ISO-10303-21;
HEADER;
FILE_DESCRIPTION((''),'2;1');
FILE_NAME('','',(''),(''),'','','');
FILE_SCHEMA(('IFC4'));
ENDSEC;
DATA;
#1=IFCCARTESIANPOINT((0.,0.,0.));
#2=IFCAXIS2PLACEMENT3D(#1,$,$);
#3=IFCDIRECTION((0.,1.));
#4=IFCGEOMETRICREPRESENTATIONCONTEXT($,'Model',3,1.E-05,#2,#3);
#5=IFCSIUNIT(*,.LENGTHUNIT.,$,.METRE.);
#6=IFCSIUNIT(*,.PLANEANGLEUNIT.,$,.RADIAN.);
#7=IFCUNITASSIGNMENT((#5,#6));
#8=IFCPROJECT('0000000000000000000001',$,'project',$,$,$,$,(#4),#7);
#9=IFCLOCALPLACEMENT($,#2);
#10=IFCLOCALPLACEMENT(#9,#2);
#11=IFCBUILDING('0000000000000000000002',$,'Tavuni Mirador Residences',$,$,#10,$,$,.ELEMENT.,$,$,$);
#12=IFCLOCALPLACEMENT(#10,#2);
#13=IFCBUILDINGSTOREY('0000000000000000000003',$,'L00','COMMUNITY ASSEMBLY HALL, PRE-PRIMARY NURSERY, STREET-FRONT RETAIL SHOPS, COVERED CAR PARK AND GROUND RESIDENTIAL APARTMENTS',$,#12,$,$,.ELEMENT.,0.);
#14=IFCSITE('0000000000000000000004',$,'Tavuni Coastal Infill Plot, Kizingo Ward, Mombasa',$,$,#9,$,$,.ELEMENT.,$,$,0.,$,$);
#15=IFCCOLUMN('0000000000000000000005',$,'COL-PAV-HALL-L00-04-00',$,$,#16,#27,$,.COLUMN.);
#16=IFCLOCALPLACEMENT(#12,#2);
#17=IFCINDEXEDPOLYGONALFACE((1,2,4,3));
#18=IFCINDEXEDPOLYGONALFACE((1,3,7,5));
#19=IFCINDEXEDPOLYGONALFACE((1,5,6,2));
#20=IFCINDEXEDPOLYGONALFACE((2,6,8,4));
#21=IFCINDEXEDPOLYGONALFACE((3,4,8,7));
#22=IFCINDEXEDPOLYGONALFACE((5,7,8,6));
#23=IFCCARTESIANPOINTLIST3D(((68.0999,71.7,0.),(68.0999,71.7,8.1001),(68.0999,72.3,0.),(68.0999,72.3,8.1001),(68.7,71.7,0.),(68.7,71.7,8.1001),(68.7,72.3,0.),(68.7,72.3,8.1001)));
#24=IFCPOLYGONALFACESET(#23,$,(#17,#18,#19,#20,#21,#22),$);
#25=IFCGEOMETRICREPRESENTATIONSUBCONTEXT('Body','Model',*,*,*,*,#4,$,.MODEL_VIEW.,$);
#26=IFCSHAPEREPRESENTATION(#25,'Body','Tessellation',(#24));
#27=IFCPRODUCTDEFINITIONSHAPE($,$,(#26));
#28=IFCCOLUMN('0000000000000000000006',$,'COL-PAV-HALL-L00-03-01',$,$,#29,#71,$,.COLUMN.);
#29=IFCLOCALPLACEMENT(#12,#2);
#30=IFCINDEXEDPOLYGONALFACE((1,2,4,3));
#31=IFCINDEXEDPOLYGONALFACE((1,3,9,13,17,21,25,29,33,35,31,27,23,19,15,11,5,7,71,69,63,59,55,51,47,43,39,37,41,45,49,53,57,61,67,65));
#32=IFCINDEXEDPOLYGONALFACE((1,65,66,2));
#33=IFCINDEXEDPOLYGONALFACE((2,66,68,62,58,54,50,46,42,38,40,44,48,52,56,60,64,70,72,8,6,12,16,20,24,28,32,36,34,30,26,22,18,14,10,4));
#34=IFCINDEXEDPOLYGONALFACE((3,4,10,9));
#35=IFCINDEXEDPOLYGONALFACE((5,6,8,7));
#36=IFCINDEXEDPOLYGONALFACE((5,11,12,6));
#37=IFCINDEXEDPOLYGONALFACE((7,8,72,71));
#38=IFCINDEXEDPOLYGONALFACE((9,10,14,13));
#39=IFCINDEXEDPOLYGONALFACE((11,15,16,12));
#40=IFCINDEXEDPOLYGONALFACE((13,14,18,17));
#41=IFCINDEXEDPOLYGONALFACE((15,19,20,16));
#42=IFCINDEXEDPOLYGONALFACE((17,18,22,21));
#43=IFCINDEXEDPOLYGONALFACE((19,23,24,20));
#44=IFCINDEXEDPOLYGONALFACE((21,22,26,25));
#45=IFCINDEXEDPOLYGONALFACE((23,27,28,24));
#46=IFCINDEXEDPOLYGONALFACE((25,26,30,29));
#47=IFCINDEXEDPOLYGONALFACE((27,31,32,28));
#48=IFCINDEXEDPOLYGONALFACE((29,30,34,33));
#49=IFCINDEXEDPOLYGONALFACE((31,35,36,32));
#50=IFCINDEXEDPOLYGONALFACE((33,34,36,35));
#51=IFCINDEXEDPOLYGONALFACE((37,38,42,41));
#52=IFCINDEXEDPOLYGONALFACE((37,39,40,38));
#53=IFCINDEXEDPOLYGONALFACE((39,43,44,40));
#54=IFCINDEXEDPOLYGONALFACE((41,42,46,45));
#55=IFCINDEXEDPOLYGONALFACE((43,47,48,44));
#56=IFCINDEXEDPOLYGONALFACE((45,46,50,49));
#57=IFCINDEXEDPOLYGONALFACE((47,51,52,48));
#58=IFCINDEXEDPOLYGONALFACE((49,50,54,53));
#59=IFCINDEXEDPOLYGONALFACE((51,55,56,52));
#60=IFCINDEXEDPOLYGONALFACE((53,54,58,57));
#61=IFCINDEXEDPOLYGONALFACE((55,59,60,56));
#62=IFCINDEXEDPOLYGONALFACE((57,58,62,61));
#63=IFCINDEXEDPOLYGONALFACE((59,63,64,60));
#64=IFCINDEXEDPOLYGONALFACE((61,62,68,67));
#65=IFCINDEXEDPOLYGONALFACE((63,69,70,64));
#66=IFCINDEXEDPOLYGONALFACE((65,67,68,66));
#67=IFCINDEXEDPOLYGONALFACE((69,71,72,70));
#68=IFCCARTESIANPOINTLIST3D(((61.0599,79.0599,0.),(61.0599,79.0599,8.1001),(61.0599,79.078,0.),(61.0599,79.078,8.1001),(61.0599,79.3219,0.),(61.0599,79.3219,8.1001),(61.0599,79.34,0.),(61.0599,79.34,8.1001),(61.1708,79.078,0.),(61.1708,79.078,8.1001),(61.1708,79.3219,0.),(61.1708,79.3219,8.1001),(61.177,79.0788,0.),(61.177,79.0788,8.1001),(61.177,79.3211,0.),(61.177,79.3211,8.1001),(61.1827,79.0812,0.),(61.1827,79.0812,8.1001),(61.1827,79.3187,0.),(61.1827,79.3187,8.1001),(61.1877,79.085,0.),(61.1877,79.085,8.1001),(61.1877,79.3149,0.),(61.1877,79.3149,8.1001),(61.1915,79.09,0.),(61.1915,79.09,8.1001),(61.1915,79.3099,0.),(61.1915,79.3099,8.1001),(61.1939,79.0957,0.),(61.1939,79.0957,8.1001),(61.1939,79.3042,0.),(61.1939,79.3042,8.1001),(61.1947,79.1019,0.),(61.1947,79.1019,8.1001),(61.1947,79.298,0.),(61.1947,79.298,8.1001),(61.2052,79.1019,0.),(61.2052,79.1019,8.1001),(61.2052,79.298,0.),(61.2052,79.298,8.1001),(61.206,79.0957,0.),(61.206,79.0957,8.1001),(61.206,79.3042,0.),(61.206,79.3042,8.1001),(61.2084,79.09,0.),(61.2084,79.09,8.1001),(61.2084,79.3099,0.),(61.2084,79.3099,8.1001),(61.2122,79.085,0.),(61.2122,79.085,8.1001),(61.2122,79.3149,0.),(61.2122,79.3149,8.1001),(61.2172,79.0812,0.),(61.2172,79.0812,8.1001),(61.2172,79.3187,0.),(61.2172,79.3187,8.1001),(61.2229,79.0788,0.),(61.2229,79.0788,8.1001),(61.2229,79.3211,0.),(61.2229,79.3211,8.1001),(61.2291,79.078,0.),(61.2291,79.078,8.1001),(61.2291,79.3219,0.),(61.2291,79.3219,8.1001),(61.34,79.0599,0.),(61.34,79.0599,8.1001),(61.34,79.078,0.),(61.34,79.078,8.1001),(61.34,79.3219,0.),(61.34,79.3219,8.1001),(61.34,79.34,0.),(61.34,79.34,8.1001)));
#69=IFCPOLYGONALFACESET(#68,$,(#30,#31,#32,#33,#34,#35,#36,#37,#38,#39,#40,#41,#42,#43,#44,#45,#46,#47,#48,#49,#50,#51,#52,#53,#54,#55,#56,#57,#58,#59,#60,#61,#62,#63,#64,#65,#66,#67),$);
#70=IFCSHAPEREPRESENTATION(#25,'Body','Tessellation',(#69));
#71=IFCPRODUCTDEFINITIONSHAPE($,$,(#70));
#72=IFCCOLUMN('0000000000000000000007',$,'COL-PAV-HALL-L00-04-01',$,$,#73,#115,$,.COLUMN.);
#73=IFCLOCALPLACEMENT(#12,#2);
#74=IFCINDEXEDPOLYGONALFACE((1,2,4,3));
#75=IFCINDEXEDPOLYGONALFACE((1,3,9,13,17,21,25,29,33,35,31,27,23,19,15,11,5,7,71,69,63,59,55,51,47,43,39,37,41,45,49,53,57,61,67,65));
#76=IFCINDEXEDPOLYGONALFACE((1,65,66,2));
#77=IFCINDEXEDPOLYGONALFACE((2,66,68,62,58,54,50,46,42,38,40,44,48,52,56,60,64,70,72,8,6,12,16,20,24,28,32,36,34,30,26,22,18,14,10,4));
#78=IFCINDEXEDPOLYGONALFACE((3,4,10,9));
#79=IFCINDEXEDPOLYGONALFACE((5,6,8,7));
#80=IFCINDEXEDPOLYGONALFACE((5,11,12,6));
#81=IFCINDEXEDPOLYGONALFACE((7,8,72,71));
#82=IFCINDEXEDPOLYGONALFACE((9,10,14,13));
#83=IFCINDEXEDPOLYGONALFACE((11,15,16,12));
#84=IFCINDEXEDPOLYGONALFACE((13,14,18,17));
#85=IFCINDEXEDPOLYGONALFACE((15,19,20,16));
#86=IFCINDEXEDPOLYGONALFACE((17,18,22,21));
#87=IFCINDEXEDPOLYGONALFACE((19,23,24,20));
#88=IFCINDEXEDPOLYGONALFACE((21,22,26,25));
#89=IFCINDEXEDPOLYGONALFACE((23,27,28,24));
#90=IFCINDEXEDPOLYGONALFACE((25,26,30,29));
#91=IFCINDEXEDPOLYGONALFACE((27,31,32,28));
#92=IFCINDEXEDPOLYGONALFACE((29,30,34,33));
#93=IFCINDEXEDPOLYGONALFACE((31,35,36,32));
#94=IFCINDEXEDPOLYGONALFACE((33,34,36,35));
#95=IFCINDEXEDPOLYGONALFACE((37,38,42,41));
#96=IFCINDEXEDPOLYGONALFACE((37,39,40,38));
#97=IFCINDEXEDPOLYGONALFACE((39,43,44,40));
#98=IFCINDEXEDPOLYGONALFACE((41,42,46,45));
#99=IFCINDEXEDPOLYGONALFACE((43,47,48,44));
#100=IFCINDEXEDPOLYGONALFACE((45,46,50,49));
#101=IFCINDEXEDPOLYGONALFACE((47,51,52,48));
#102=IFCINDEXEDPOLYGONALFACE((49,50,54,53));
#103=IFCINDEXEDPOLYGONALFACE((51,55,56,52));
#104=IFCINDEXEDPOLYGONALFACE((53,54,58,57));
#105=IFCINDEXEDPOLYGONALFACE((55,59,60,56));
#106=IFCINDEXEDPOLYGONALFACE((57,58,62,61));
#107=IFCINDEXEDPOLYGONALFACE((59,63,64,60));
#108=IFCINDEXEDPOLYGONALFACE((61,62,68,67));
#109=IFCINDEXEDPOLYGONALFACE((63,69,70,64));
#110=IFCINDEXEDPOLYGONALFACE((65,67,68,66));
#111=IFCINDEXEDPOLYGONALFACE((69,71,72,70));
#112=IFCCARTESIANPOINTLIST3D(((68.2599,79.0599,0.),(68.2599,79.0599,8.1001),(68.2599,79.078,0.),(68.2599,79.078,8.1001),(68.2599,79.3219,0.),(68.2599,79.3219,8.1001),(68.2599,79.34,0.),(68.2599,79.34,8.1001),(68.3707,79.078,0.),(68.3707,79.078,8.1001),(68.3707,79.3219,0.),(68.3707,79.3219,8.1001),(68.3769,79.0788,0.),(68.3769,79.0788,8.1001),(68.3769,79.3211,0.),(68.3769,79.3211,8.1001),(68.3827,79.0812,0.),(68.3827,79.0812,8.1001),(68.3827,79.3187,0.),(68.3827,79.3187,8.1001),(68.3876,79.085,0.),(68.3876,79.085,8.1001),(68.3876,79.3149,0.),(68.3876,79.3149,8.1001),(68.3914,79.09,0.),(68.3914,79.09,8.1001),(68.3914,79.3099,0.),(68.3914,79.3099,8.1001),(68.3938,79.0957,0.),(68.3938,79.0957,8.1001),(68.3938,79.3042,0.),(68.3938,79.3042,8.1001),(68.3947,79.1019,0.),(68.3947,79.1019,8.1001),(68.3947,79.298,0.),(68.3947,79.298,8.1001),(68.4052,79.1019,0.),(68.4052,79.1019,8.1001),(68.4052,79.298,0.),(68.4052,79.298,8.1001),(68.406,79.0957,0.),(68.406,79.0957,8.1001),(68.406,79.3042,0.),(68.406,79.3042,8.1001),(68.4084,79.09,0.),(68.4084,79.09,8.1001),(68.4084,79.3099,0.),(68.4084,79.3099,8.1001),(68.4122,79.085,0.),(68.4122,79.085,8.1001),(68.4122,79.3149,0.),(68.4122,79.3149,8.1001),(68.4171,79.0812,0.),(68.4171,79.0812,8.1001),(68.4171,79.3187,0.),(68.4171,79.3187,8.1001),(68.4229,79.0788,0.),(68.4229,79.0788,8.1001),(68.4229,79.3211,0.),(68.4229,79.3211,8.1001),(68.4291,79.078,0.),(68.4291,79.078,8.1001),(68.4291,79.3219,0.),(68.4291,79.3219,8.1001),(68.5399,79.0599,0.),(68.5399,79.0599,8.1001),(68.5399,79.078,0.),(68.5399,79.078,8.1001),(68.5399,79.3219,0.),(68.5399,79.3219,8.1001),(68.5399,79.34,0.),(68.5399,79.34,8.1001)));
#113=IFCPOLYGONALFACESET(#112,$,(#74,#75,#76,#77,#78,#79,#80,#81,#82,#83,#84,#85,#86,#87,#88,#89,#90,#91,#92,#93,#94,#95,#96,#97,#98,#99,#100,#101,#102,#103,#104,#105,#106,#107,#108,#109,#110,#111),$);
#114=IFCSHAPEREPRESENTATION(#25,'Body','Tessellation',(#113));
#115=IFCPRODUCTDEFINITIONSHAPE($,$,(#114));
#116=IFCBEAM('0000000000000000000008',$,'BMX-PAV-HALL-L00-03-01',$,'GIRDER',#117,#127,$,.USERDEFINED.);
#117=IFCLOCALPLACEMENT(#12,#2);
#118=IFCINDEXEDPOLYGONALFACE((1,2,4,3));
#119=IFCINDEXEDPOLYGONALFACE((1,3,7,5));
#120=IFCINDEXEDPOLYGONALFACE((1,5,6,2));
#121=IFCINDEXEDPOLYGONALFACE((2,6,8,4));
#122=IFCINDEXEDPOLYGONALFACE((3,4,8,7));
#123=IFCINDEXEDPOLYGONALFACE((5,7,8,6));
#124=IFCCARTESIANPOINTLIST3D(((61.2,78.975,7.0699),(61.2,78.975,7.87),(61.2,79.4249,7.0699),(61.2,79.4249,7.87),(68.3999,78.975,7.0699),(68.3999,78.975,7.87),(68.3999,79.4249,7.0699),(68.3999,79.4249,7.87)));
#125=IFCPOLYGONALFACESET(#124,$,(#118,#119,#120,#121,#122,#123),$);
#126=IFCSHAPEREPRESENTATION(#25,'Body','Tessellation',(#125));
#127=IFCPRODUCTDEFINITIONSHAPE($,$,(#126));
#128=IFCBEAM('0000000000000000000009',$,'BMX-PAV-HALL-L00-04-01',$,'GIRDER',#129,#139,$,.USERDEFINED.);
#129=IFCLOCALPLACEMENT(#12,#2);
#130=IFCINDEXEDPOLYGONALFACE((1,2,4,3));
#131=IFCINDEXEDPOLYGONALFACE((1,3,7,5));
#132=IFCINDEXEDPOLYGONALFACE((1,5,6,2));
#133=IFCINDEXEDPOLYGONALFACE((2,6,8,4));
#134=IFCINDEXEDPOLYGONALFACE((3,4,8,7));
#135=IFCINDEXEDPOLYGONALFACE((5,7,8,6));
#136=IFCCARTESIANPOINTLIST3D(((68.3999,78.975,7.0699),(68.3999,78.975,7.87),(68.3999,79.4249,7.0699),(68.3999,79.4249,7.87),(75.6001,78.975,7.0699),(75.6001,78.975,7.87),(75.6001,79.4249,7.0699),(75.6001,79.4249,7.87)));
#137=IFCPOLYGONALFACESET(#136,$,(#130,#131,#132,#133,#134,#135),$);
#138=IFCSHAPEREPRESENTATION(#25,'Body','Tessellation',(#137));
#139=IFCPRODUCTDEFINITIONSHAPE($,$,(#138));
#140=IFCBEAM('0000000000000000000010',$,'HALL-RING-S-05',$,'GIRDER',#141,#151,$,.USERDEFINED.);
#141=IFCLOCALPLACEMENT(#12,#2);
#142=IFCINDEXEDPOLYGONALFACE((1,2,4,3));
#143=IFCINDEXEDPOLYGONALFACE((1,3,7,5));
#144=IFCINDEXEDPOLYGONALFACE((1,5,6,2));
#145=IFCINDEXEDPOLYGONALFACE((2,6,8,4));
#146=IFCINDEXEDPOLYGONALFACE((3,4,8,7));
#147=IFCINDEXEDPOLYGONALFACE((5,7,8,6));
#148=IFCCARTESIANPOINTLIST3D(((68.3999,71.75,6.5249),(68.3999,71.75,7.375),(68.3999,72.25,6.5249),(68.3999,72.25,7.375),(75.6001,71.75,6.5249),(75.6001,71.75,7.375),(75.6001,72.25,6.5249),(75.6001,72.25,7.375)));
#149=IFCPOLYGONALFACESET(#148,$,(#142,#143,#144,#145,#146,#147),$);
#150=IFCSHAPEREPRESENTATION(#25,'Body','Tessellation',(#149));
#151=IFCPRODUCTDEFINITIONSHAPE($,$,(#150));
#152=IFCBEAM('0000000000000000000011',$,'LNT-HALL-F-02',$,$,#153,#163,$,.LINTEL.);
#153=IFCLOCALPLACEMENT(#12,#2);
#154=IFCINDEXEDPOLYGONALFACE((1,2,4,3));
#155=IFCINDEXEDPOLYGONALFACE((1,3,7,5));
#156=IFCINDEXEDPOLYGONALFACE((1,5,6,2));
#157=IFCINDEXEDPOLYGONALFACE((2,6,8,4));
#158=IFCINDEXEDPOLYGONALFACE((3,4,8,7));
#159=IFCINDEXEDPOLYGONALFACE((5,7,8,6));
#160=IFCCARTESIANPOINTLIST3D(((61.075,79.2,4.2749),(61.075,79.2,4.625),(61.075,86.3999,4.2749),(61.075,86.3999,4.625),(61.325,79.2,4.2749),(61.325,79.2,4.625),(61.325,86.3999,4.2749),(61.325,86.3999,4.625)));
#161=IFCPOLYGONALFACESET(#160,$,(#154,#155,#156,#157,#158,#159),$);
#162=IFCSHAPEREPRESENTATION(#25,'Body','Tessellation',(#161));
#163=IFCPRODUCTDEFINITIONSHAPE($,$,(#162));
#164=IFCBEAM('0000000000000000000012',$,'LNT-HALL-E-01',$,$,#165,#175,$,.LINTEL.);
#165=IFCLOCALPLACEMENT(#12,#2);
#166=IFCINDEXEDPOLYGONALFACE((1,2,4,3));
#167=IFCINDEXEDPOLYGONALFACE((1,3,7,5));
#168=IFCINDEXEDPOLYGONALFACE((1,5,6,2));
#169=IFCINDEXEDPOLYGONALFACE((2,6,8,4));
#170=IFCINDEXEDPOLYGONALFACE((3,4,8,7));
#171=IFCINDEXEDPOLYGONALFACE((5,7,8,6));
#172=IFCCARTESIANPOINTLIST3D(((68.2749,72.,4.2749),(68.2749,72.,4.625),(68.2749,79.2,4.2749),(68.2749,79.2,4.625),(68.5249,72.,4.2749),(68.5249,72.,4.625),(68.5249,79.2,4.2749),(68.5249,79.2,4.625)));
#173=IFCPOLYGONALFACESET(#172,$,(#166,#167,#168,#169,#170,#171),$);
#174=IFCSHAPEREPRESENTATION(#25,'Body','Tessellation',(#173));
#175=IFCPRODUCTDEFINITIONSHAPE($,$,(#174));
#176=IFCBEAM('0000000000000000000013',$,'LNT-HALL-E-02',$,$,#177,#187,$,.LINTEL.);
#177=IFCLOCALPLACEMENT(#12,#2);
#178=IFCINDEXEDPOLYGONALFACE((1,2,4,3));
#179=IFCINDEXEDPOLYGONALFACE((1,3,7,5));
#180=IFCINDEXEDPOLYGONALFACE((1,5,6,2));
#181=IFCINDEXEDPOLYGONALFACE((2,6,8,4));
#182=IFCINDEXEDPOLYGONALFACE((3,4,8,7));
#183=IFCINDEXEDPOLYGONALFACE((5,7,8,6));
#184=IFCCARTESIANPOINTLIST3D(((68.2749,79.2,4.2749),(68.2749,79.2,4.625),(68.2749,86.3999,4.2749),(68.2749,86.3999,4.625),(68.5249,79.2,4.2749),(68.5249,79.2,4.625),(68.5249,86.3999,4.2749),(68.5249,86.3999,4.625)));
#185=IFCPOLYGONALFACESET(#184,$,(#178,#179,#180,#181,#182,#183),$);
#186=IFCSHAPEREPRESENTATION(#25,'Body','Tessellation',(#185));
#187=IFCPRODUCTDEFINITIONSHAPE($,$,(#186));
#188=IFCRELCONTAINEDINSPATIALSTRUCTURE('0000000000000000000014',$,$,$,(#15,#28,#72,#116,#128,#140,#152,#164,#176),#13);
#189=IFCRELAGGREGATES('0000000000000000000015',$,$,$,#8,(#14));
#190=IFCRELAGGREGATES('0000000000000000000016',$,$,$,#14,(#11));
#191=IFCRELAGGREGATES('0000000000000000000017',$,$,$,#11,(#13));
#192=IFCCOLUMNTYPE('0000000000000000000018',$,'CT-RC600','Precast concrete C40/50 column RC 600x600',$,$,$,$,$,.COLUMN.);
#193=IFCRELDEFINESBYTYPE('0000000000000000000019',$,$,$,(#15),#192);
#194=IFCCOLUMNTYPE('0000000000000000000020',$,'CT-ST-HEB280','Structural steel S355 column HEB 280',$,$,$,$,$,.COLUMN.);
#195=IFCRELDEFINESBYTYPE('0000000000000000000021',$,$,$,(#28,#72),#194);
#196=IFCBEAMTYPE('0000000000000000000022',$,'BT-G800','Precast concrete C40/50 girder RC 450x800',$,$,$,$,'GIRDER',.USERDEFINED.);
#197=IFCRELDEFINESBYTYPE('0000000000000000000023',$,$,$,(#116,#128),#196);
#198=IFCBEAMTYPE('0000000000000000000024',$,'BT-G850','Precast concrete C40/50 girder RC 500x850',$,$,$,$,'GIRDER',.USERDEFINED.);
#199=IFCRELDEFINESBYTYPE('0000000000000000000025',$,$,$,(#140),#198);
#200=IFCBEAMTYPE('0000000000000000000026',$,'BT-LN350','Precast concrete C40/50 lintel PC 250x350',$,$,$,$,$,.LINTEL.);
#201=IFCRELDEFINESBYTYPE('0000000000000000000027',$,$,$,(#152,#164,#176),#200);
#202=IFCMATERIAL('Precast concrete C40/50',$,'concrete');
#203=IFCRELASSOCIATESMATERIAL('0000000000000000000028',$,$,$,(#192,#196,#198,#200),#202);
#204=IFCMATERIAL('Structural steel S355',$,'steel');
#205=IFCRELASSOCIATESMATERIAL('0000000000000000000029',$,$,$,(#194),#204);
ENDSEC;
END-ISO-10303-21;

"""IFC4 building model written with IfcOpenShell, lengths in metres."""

from ifc_helpers import new_model, si_unit, direction, frame, origin, origin_2d, place, context, subcontext, project, spatial, rectangle, i_section, extrude, material, material_profile, profile_set, type_object, element, save


model = new_model("IFC4")

# Units and contexts
model_context = context("Model", 3, precision=1e-05, world=origin(), true_north=direction((0.0, 1.0)))
body_context = subcontext(model_context, "Body", "Model", "MODEL_VIEW")
ifc_project = project(units=[si_unit("LENGTHUNIT", "METRE"), si_unit("PLANEANGLEUNIT", "RADIAN")], contexts=[model_context])

# Site, building, storey
site_placement = place(None, origin())
site = spatial("IfcSite", under=ifc_project, at=site_placement, Name="Tavuni Coastal Infill Plot, Kizingo Ward, Mombasa", CompositionType="ELEMENT", RefElevation=0.0)
building_placement = place(site_placement, origin())
building = spatial("IfcBuilding", under=site, at=building_placement, Name="Tavuni Mirador Residences", CompositionType="ELEMENT")
storey_placement = place(building_placement, origin())
storey = spatial("IfcBuildingStorey", under=building, at=storey_placement, Name="L00", Description="COMMUNITY ASSEMBLY HALL, PRE-PRIMARY NURSERY, STREET-FRONT RETAIL SHOPS, COVERED CAR PARK AND GROUND RESIDENTIAL APARTMENTS", CompositionType="ELEMENT", Elevation=0.0)

# Columns
ifc_material_1 = material(Name="Precast concrete C40/50", Category="concrete")
ifc_material_profile_1 = material_profile(ifc_material_1, rectangle(XDim=0.6001, YDim=0.6001, at=origin_2d()), Name="RC 600x600", Category="concrete")
ifc_profile_set_1 = profile_set([ifc_material_profile_1], Name="Precast concrete C40/50")
column_type_1 = type_object("IfcColumnType", Name="CT-RC600", Description="Precast concrete C40/50 column RC 600x600", PredefinedType="COLUMN", material=ifc_profile_set_1)
column_placement = place(storey_placement, frame((68.3999, 72.0, 0.0), z_axis=(0.0, 0.0, 1.0), x_axis=(1.0, 0.0, 0.0)))
element("IfcColumn", 1, at=column_placement, inside=storey, type_object=column_type_1, Name="COL-PAV-HALL-L00-04-00", PredefinedType="COLUMN", context=body_context, shape_type="SweptSolid", body=[
    extrude(rectangle(XDim=0.6001, YDim=0.6001, at=origin_2d()), origin(), (0.0, 0.0, 1.0), 8.1001),
])
ifc_material_2 = material(Name="Structural steel S355", Category="steel")
ifc_material_profile_2 = material_profile(ifc_material_2, i_section(OverallWidth=0.28, OverallDepth=0.28, WebThickness=0.0105, FlangeThickness=0.0181, FilletRadius=0.0239, at=origin_2d()), Name="HEB 280", Category="steel")
ifc_profile_set_2 = profile_set([ifc_material_profile_2], Name="Structural steel S355")
column_type_2 = type_object("IfcColumnType", Name="CT-ST-HEB280", Description="Structural steel S355 column HEB 280", PredefinedType="COLUMN", material=ifc_profile_set_2)
for number, where, z_axis, x_axis, name in (
    (2, (61.2, 79.2, 0.0), (0.0, 0.0, 1.0), (1.0, 0.0, 0.0), "COL-PAV-HALL-L00-03-01"),
    (3, (68.3999, 79.2, 0.0), (0.0, 0.0, 1.0), (1.0, 0.0, 0.0), "COL-PAV-HALL-L00-04-01"),
):
    element("IfcColumn", number, at=place(storey_placement, frame(where, z_axis=z_axis, x_axis=x_axis)), inside=storey, type_object=column_type_2, Name=name, PredefinedType="COLUMN", context=body_context, shape_type="SweptSolid", body=[
        extrude(i_section(OverallWidth=0.28, OverallDepth=0.28, WebThickness=0.0105, FlangeThickness=0.0181, FilletRadius=0.0239, at=origin_2d()), origin(), (0.0, 0.0, 1.0), 8.1001),
    ])

# Beams
ifc_material_profile_3 = material_profile(ifc_material_1, rectangle(XDim=0.45, YDim=0.8, at=origin_2d()), Name="RC 450x800", Category="concrete")
ifc_profile_set_3 = profile_set([ifc_material_profile_3], Name="Precast concrete C40/50")
beam_type_1 = type_object("IfcBeamType", Name="BT-G800", Description="Precast concrete C40/50 girder RC 450x800", ElementType="GIRDER", PredefinedType="USERDEFINED", material=ifc_profile_set_3)
beam_1_placement = place(storey_placement, frame((61.2, 79.2, 7.47), z_axis=(1.0, 0.0, 0.0), x_axis=(0.0, 1.0, 0.0)))
element("IfcBeam", 4, at=beam_1_placement, inside=storey, type_object=beam_type_1, Name="BMX-PAV-HALL-L00-03-01", ObjectType="GIRDER", PredefinedType="USERDEFINED", context=body_context, shape_type="SweptSolid", body=[
    extrude(rectangle(XDim=0.45, YDim=0.8, at=origin_2d()), origin(), (0.0, 0.0, 1.0), 7.2),
])
beam_2_placement = place(storey_placement, frame((68.3999, 79.2, 7.47), z_axis=(1.0, 0.0, 0.0), x_axis=(0.0, 1.0, 0.0)))
element("IfcBeam", 5, at=beam_2_placement, inside=storey, type_object=beam_type_1, Name="BMX-PAV-HALL-L00-04-01", ObjectType="GIRDER", PredefinedType="USERDEFINED", context=body_context, shape_type="SweptSolid", body=[
    extrude(rectangle(XDim=0.45, YDim=0.8, at=origin_2d()), origin(), (0.0, 0.0, 1.0), 7.2002),
])
ifc_material_profile_4 = material_profile(ifc_material_1, rectangle(XDim=0.5, YDim=0.8501, at=origin_2d()), Name="RC 500x850", Category="concrete")
ifc_profile_set_4 = profile_set([ifc_material_profile_4], Name="Precast concrete C40/50")
beam_type_2 = type_object("IfcBeamType", Name="BT-G850", Description="Precast concrete C40/50 girder RC 500x850", ElementType="GIRDER", PredefinedType="USERDEFINED", material=ifc_profile_set_4)
beam_3_placement = place(storey_placement, frame((68.3999, 72.0, 6.95), z_axis=(1.0, 0.0, 0.0), x_axis=(0.0, 1.0, 0.0)))
element("IfcBeam", 6, at=beam_3_placement, inside=storey, type_object=beam_type_2, Name="HALL-RING-S-05", ObjectType="GIRDER", PredefinedType="USERDEFINED", context=body_context, shape_type="SweptSolid", body=[
    extrude(rectangle(XDim=0.5, YDim=0.8501, at=origin_2d()), origin(), (0.0, 0.0, 1.0), 7.2002),
])
ifc_material_profile_5 = material_profile(ifc_material_1, rectangle(XDim=0.25, YDim=0.3501, at=origin_2d()), Name="PC 250x350", Category="concrete")
ifc_profile_set_5 = profile_set([ifc_material_profile_5], Name="Precast concrete C40/50")
beam_type_3 = type_object("IfcBeamType", Name="BT-LN350", Description="Precast concrete C40/50 lintel PC 250x350", PredefinedType="LINTEL", material=ifc_profile_set_5)
for number, where, z_axis, x_axis, name in (
    (7, (61.2, 79.2, 4.45), (0.0, 1.0, 0.0), (-1.0, 0.0, 0.0), "LNT-HALL-F-02"),
    (8, (68.3999, 72.0, 4.45), (0.0, 1.0, 0.0), (-1.0, 0.0, 0.0), "LNT-HALL-E-01"),
    (9, (68.3999, 79.2, 4.45), (0.0, 1.0, 0.0), (-1.0, 0.0, 0.0), "LNT-HALL-E-02"),
):
    element("IfcBeam", number, at=place(storey_placement, frame(where, z_axis=z_axis, x_axis=x_axis)), inside=storey, type_object=beam_type_3, Name=name, PredefinedType="LINTEL", context=body_context, shape_type="SweptSolid", body=[
        extrude(rectangle(XDim=0.25, YDim=0.3501, at=origin_2d()), origin(), (0.0, 0.0, 1.0), 7.2),
    ])

save(model, "model.ifc")
